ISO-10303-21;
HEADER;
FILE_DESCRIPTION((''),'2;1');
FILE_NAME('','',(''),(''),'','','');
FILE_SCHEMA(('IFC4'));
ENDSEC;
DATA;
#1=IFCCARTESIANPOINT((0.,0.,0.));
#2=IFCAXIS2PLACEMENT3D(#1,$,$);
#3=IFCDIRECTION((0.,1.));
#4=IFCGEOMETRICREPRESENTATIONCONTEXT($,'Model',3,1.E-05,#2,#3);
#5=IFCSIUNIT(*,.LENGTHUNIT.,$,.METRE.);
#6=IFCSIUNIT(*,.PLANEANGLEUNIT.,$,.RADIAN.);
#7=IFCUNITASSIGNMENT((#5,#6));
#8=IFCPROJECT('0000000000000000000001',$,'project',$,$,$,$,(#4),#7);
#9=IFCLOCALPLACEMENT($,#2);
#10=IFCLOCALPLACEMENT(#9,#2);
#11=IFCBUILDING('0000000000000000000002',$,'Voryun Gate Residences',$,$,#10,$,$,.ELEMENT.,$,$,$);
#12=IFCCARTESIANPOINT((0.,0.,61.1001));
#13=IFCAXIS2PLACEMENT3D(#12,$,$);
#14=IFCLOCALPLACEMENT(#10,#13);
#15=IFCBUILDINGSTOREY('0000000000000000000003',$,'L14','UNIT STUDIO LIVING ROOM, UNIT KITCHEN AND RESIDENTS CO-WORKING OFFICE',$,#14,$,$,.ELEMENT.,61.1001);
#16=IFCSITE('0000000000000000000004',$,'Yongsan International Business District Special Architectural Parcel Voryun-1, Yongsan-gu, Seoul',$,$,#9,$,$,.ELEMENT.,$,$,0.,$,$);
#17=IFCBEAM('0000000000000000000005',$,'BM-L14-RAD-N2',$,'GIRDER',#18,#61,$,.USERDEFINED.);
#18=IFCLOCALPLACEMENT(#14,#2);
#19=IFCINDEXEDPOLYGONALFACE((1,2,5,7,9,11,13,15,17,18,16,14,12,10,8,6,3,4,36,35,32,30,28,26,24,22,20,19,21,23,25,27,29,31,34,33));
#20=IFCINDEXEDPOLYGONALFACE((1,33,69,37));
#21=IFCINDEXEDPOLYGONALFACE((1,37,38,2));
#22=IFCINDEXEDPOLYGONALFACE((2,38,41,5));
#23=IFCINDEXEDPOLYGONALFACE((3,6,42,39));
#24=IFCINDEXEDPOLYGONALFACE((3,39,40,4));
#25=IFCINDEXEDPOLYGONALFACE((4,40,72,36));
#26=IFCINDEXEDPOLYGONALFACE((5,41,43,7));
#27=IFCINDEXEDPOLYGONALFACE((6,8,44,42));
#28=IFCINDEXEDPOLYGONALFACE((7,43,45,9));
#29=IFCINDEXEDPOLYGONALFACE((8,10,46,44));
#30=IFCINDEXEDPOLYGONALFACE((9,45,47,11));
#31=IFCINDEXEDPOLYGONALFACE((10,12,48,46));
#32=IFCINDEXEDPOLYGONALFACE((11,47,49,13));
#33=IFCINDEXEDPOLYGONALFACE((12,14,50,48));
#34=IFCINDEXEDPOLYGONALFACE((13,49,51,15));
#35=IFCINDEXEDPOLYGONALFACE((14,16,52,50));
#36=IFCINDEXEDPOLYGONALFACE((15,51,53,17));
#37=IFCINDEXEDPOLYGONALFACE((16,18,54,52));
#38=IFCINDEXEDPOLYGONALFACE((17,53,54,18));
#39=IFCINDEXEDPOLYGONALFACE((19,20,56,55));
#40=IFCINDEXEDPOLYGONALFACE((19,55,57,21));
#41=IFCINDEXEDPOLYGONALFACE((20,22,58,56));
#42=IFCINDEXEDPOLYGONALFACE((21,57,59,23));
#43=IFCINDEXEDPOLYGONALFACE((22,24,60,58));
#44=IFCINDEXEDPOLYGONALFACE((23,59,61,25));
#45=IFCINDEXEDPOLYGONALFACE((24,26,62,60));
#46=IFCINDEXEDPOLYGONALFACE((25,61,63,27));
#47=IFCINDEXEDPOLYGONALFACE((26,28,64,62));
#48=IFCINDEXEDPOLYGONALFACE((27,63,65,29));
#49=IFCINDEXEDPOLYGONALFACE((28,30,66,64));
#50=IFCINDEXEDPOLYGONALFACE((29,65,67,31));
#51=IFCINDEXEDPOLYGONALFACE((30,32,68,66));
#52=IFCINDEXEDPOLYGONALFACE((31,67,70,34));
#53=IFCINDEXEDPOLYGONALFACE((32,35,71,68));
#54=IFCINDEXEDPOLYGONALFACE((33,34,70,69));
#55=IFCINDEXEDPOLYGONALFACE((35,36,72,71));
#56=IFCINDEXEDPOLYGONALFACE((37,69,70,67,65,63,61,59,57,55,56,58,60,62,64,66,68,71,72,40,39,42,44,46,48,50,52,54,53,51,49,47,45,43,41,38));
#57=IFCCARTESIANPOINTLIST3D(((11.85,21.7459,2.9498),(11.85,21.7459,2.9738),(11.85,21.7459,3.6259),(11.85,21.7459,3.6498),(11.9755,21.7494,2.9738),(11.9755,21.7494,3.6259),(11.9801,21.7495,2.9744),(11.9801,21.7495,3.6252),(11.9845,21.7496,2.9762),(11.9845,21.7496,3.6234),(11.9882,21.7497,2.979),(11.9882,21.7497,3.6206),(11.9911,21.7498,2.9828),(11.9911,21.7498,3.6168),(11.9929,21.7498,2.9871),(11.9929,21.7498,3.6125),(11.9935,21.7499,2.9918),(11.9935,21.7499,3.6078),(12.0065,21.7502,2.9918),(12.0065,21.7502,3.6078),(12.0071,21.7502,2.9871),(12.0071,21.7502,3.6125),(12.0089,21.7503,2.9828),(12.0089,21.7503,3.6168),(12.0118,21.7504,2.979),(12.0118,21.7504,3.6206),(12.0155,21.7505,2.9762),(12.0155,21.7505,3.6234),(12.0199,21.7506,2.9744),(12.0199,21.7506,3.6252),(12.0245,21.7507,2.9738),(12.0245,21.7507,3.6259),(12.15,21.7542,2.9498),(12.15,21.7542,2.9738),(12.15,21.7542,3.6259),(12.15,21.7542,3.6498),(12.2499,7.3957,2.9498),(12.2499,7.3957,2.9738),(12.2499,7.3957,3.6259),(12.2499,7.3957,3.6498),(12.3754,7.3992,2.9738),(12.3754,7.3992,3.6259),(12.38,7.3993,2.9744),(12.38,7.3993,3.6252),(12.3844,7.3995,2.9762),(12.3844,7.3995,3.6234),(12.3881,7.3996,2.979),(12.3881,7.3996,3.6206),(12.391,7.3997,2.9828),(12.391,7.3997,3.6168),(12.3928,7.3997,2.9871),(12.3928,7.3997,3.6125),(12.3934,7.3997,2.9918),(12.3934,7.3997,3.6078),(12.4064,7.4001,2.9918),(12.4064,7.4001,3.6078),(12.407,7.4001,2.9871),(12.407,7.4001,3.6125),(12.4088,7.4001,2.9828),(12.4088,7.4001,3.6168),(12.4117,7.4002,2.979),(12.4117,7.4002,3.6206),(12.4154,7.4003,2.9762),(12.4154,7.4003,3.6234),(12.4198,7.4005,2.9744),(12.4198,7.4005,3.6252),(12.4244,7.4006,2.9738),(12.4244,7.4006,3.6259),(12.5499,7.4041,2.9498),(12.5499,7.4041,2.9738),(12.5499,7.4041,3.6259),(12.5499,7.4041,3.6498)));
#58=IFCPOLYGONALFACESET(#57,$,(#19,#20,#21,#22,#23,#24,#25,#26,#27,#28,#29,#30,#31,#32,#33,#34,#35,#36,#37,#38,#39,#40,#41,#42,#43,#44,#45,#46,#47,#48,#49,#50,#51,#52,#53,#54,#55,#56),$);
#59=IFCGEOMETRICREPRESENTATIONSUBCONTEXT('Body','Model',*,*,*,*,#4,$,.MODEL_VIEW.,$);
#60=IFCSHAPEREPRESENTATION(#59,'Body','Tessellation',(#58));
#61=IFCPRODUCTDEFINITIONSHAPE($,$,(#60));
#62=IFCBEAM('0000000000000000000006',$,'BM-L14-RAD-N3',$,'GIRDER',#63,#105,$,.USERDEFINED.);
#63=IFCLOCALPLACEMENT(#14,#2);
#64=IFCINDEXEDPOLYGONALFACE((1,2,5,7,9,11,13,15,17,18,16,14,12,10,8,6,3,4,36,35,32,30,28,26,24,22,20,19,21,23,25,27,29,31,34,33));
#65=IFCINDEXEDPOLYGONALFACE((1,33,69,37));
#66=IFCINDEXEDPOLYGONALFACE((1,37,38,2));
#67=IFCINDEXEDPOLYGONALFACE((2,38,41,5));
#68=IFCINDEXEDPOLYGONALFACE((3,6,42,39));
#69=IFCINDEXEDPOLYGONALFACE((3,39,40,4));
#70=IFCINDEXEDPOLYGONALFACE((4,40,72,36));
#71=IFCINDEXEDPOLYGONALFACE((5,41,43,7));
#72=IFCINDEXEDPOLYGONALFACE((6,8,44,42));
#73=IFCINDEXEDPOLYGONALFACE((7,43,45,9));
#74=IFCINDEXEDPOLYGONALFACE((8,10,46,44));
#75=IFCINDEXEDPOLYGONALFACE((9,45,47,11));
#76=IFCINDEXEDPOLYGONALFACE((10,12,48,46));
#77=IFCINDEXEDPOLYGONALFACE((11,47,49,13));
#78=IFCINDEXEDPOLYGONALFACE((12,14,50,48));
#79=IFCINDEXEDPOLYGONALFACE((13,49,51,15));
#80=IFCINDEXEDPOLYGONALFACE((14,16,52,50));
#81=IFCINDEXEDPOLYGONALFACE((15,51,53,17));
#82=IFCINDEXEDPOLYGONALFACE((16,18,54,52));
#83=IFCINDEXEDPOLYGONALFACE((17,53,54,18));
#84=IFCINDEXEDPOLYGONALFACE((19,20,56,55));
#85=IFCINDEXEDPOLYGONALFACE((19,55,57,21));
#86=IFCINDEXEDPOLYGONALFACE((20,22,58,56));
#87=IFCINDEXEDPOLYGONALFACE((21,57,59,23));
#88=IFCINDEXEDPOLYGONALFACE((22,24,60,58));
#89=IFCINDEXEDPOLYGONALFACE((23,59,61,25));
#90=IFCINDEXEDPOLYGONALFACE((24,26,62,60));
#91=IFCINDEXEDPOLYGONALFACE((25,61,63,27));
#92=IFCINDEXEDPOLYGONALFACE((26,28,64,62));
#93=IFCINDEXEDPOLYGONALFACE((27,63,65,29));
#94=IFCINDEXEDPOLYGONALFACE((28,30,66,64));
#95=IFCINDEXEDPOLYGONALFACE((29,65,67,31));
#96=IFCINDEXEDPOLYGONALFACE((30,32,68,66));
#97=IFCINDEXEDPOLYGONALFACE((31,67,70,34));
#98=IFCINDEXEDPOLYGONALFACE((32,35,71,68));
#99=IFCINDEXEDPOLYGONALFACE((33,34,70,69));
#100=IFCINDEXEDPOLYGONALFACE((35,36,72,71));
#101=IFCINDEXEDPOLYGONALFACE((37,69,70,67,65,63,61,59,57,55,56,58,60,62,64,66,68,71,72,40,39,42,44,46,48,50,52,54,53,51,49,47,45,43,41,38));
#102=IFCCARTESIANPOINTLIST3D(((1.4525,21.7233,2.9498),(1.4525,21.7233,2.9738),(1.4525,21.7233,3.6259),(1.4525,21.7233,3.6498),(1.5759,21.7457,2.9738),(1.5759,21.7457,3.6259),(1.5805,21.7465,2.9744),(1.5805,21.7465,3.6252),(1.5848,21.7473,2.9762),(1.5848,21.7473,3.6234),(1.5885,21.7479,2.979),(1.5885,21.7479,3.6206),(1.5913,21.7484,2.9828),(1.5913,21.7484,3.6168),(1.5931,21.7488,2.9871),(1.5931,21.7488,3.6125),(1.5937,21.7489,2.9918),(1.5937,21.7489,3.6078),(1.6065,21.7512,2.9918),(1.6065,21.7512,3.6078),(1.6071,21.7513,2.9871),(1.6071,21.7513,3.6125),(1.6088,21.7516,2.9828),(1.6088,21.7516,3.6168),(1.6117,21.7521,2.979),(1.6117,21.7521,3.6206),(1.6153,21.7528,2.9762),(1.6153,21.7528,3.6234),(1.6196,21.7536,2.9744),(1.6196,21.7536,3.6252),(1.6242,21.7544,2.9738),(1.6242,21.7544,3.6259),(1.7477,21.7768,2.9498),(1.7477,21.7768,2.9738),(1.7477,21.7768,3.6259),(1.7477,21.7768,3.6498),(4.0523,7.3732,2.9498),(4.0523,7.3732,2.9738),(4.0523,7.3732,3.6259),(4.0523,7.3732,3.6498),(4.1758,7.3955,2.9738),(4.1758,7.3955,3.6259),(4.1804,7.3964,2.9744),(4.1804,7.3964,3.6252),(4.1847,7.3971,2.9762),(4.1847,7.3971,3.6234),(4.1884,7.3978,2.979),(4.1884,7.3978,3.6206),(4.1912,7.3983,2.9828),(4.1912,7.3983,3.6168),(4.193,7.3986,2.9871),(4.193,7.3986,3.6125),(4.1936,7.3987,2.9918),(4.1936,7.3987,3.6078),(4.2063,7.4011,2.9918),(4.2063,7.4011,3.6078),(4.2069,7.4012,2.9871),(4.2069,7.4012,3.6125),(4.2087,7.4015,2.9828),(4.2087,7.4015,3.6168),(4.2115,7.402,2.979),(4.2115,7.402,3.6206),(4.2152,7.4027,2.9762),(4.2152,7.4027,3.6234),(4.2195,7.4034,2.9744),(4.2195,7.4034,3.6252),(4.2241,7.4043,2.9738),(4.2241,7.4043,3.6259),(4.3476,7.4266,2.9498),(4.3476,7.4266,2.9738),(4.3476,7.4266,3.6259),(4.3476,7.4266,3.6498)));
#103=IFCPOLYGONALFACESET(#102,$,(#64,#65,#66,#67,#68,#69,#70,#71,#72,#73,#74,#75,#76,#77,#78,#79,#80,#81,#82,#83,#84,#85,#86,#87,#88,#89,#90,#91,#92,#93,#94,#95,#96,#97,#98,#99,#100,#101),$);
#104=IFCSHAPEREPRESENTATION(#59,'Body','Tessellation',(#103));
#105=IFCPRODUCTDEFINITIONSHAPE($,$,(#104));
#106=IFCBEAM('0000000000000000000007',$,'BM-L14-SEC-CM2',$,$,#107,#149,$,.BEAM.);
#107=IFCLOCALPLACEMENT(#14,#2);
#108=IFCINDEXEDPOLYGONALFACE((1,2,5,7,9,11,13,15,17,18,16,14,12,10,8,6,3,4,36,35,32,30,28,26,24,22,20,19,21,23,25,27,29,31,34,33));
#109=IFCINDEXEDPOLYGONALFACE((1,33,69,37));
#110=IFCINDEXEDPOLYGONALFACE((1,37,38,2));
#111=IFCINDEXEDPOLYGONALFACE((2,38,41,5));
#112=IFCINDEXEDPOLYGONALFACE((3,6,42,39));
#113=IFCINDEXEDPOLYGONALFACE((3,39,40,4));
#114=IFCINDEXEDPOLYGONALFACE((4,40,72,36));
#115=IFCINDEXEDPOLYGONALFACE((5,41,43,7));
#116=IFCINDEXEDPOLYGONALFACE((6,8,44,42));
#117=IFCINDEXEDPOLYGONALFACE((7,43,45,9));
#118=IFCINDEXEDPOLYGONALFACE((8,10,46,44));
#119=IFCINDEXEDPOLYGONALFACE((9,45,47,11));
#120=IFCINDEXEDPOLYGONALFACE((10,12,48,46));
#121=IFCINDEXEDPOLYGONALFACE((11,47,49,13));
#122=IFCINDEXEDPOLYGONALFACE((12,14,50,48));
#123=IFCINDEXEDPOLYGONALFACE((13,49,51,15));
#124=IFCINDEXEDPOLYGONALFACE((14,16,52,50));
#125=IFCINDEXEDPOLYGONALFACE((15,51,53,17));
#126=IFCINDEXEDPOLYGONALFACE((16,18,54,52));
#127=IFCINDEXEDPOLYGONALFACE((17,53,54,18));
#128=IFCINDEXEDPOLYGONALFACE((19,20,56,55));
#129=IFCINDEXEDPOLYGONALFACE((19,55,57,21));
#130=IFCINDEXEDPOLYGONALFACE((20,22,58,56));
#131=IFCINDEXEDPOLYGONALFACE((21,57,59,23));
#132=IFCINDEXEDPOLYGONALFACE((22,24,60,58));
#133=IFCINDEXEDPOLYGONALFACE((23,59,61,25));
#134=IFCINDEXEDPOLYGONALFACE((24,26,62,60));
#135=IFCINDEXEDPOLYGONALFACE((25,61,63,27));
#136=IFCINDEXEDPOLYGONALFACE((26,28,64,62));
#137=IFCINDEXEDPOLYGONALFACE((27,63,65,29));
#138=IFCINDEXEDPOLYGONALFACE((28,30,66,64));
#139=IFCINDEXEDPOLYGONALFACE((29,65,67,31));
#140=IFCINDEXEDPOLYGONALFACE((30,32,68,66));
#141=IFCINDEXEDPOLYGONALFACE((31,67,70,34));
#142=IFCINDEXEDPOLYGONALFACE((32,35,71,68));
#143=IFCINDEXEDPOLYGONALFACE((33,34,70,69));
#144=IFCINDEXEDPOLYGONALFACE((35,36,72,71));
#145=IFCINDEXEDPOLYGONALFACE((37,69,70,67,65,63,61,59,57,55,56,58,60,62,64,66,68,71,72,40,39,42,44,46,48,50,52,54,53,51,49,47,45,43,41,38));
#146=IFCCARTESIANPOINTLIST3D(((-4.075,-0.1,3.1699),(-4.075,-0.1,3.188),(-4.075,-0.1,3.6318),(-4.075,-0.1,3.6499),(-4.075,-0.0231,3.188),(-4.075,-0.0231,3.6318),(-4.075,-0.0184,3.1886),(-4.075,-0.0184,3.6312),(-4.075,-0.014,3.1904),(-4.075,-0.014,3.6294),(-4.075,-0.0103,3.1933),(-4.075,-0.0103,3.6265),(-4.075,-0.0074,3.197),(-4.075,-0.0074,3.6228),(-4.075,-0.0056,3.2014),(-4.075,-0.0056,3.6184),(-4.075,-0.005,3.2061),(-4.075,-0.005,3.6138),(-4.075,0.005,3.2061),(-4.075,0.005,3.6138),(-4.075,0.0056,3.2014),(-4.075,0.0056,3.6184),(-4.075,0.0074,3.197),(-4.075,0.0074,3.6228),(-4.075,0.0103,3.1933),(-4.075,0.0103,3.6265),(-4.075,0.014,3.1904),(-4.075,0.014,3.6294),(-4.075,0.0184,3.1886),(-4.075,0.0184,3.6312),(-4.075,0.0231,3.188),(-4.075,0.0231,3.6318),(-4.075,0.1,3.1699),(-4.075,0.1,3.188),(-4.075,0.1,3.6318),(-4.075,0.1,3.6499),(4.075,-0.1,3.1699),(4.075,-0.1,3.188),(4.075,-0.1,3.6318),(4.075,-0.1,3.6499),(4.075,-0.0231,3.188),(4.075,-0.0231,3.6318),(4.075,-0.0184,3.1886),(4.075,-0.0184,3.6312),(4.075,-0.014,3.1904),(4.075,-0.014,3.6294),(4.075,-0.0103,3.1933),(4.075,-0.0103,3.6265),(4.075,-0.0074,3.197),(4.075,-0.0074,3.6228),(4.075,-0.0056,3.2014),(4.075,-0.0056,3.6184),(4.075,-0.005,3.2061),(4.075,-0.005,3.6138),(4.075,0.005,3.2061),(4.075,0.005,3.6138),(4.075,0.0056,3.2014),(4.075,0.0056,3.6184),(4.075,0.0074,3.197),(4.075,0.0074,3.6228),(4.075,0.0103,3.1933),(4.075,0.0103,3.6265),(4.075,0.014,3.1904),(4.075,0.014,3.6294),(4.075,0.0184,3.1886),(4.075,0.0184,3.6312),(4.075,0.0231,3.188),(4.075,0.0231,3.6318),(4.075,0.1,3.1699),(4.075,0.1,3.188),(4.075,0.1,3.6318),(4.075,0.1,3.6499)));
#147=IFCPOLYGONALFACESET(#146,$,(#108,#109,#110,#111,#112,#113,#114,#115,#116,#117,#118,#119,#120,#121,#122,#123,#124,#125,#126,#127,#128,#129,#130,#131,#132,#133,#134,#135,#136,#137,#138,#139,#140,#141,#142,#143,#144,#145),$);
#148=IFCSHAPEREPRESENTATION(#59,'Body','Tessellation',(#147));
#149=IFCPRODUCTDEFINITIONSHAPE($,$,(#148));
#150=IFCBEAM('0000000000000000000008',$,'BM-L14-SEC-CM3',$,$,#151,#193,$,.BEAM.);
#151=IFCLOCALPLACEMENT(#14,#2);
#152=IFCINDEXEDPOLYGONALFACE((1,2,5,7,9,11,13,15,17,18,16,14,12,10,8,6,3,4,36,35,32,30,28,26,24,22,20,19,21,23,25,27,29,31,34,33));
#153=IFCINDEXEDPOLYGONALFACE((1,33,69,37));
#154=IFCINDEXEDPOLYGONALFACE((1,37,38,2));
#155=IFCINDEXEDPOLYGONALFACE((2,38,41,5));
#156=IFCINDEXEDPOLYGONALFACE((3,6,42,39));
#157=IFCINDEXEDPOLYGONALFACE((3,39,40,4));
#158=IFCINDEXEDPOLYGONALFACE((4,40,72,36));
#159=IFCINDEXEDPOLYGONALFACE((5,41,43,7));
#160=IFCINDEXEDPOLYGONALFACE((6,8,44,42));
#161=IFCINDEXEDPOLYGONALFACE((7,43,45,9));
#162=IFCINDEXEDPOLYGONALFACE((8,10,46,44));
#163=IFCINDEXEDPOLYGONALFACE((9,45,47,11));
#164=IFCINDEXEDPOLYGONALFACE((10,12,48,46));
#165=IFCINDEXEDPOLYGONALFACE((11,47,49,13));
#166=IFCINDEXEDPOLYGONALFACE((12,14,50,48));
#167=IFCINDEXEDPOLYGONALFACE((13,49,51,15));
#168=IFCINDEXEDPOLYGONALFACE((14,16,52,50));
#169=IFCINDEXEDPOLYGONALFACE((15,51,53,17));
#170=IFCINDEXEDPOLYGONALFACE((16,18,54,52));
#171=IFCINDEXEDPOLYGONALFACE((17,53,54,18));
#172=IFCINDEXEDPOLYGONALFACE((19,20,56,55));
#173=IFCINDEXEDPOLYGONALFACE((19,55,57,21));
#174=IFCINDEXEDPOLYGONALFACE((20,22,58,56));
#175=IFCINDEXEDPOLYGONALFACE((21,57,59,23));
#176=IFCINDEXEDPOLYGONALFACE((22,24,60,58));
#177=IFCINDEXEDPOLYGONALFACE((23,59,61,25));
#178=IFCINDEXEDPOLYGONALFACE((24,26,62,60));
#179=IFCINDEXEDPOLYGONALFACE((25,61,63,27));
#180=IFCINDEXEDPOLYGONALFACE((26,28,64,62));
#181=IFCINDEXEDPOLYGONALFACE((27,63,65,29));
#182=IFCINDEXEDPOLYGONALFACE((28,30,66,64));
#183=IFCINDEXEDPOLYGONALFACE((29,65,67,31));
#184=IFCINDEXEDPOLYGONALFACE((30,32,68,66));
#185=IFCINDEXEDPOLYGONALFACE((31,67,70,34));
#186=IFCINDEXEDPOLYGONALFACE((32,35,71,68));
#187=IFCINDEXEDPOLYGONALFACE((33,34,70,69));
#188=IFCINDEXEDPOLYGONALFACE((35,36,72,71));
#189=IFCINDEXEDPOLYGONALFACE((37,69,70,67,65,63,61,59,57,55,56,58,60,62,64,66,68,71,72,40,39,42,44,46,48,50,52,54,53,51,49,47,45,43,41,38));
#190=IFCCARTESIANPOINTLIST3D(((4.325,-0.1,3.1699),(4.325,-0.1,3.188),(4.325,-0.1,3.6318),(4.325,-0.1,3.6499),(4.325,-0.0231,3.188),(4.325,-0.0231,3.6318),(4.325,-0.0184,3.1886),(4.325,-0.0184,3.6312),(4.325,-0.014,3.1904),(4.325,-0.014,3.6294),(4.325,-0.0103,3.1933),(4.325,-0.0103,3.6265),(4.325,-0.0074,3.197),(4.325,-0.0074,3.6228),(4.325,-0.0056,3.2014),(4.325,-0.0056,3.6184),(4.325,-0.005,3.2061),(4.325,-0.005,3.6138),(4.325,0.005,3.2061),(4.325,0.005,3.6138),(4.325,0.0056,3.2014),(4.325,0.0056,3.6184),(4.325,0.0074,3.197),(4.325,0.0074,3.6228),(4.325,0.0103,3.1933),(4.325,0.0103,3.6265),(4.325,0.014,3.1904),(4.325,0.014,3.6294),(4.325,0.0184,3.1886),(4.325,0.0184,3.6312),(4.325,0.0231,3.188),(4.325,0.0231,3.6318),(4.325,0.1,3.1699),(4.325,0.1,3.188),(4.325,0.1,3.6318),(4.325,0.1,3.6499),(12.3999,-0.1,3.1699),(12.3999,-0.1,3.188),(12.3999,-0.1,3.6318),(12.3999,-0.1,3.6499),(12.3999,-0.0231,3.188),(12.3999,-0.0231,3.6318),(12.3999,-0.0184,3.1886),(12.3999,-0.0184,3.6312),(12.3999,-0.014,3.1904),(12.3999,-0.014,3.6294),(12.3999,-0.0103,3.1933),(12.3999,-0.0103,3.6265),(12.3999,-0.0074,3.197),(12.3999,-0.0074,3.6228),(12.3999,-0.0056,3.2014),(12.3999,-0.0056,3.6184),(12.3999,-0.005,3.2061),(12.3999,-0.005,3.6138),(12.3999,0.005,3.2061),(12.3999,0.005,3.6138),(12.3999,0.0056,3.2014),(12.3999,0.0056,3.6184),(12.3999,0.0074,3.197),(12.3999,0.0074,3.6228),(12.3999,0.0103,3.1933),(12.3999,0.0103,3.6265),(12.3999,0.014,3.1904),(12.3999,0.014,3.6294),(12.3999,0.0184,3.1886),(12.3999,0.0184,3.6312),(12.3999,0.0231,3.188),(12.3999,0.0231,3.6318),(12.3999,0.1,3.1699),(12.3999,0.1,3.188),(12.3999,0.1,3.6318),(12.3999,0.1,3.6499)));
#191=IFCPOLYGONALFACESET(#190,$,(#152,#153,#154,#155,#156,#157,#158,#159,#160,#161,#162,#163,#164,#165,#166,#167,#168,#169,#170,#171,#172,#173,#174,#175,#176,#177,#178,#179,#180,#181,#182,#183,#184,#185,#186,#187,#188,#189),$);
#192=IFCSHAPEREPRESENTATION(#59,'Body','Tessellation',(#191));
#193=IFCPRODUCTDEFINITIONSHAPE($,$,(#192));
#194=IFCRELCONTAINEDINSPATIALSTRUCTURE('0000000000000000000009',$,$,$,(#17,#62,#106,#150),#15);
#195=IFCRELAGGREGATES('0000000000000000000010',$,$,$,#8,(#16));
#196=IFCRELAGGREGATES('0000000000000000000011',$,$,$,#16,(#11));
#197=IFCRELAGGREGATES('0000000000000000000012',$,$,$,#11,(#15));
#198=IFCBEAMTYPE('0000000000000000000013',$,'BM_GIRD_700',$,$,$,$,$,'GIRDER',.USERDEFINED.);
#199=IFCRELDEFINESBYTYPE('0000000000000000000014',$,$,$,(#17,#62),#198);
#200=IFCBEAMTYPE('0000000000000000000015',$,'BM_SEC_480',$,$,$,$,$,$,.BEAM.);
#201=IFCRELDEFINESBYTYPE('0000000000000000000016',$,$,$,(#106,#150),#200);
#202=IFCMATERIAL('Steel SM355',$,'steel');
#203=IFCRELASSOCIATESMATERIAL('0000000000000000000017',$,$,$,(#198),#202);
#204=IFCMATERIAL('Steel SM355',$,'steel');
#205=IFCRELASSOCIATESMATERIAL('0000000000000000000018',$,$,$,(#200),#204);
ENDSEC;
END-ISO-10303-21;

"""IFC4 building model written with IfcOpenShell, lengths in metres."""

from ifc_helpers import new_model, si_unit, direction, frame, origin, origin_2d, place, context, subcontext, project, spatial, i_section, extrude, material, material_profile, profile_set, type_object, element, save


model = new_model("IFC4")

# Units and contexts
model_context = context("Model", 3, precision=1e-05, world=origin(), true_north=direction((0.0, 1.0)))
body_context = subcontext(model_context, "Body", "Model", "MODEL_VIEW")
ifc_project = project(units=[si_unit("LENGTHUNIT", "METRE"), si_unit("PLANEANGLEUNIT", "RADIAN")], contexts=[model_context])

# Site, building, storey
site_placement = place(None, origin())
site = spatial("IfcSite", under=ifc_project, at=site_placement, Name="Yongsan International Business District Special Architectural Parcel Voryun-1, Yongsan-gu, Seoul", CompositionType="ELEMENT", RefElevation=0.0)
building_placement = place(site_placement, origin())
building = spatial("IfcBuilding", under=site, at=building_placement, Name="Voryun Gate Residences", CompositionType="ELEMENT")
storey_placement = place(building_placement, frame((0.0, 0.0, 61.1001)))
storey = spatial("IfcBuildingStorey", under=building, at=storey_placement, Name="L14", Description="UNIT STUDIO LIVING ROOM, UNIT KITCHEN AND RESIDENTS CO-WORKING OFFICE", CompositionType="ELEMENT", Elevation=61.1001)

# Beams
ifc_material_1 = material(Name="Steel SM355", Category="steel")
ifc_material_profile_1 = material_profile(ifc_material_1, i_section(OverallWidth=0.3, OverallDepth=0.7, WebThickness=0.0129, FlangeThickness=0.0239, FilletRadius=0.0181, at=origin_2d()), Name="H-700x300x13x24")
ifc_profile_set_1 = profile_set([ifc_material_profile_1], Name="Steel SM355")
beam_type_1 = type_object("IfcBeamType", Name="BM_GIRD_700", ElementType="GIRDER", PredefinedType="USERDEFINED", material=ifc_profile_set_1)
beam_1_placement = place(storey_placement, frame((12.3999, 7.3999, 3.2998), z_axis=(-0.027857, 0.999612, 0.0), x_axis=(-0.999612, -0.027857, 0.0)))
element("IfcBeam", 1, at=beam_1_placement, inside=storey, type_object=beam_type_1, Name="BM-L14-RAD-N2", ObjectType="GIRDER", PredefinedType="USERDEFINED", context=body_context, shape_type="SweptSolid", body=[
    extrude(i_section(OverallWidth=0.3, OverallDepth=0.7, WebThickness=0.0129, FlangeThickness=0.0239, FilletRadius=0.0181, at=origin_2d()), origin(), (0.0, 0.0, 1.0), 14.3557),
])
beam_2_placement = place(storey_placement, frame((4.2, 7.3999, 3.2998), z_axis=(-0.178271, 0.983981, 0.0), x_axis=(-0.983981, -0.178271, 0.0)))
element("IfcBeam", 2, at=beam_2_placement, inside=storey, type_object=beam_type_1, Name="BM-L14-RAD-N3", ObjectType="GIRDER", PredefinedType="USERDEFINED", context=body_context, shape_type="SweptSolid", body=[
    extrude(i_section(OverallWidth=0.3, OverallDepth=0.7, WebThickness=0.0129, FlangeThickness=0.0239, FilletRadius=0.0181, at=origin_2d()), origin(), (0.0, 0.0, 1.0), 14.5837),
])
ifc_material_2 = material(Name="Steel SM355", Category="steel")
ifc_material_profile_2 = material_profile(ifc_material_2, i_section(OverallWidth=0.2, OverallDepth=0.48, WebThickness=0.01, FlangeThickness=0.0181, FilletRadius=0.0181, at=origin_2d()), Name="H-480x200x10x18")
ifc_profile_set_2 = profile_set([ifc_material_profile_2], Name="Steel SM355")
beam_type_2 = type_object("IfcBeamType", Name="BM_SEC_480", PredefinedType="BEAM", material=ifc_profile_set_2)
beam_3_placement = place(storey_placement, frame((-4.075, 0.0, 3.4099), z_axis=(1.0, 0.0, 0.0), x_axis=(0.0, 1.0, 0.0)))
element("IfcBeam", 3, at=beam_3_placement, inside=storey, type_object=beam_type_2, Name="BM-L14-SEC-CM2", PredefinedType="BEAM", context=body_context, shape_type="SweptSolid", body=[
    extrude(i_section(OverallWidth=0.2, OverallDepth=0.48, WebThickness=0.01, FlangeThickness=0.0181, FilletRadius=0.0181, at=origin_2d()), origin(), (0.0, 0.0, 1.0), 8.1499),
])
beam_4_placement = place(storey_placement, frame((4.325, 0.0, 3.4099), z_axis=(1.0, 0.0, 0.0), x_axis=(0.0, 1.0, 0.0)))
element("IfcBeam", 4, at=beam_4_placement, inside=storey, type_object=beam_type_2, Name="BM-L14-SEC-CM3", PredefinedType="BEAM", context=body_context, shape_type="SweptSolid", body=[
    extrude(i_section(OverallWidth=0.2, OverallDepth=0.48, WebThickness=0.01, FlangeThickness=0.0181, FilletRadius=0.0181, at=origin_2d()), origin(), (0.0, 0.0, 1.0), 8.075),
])

save(model, "model.ifc")
